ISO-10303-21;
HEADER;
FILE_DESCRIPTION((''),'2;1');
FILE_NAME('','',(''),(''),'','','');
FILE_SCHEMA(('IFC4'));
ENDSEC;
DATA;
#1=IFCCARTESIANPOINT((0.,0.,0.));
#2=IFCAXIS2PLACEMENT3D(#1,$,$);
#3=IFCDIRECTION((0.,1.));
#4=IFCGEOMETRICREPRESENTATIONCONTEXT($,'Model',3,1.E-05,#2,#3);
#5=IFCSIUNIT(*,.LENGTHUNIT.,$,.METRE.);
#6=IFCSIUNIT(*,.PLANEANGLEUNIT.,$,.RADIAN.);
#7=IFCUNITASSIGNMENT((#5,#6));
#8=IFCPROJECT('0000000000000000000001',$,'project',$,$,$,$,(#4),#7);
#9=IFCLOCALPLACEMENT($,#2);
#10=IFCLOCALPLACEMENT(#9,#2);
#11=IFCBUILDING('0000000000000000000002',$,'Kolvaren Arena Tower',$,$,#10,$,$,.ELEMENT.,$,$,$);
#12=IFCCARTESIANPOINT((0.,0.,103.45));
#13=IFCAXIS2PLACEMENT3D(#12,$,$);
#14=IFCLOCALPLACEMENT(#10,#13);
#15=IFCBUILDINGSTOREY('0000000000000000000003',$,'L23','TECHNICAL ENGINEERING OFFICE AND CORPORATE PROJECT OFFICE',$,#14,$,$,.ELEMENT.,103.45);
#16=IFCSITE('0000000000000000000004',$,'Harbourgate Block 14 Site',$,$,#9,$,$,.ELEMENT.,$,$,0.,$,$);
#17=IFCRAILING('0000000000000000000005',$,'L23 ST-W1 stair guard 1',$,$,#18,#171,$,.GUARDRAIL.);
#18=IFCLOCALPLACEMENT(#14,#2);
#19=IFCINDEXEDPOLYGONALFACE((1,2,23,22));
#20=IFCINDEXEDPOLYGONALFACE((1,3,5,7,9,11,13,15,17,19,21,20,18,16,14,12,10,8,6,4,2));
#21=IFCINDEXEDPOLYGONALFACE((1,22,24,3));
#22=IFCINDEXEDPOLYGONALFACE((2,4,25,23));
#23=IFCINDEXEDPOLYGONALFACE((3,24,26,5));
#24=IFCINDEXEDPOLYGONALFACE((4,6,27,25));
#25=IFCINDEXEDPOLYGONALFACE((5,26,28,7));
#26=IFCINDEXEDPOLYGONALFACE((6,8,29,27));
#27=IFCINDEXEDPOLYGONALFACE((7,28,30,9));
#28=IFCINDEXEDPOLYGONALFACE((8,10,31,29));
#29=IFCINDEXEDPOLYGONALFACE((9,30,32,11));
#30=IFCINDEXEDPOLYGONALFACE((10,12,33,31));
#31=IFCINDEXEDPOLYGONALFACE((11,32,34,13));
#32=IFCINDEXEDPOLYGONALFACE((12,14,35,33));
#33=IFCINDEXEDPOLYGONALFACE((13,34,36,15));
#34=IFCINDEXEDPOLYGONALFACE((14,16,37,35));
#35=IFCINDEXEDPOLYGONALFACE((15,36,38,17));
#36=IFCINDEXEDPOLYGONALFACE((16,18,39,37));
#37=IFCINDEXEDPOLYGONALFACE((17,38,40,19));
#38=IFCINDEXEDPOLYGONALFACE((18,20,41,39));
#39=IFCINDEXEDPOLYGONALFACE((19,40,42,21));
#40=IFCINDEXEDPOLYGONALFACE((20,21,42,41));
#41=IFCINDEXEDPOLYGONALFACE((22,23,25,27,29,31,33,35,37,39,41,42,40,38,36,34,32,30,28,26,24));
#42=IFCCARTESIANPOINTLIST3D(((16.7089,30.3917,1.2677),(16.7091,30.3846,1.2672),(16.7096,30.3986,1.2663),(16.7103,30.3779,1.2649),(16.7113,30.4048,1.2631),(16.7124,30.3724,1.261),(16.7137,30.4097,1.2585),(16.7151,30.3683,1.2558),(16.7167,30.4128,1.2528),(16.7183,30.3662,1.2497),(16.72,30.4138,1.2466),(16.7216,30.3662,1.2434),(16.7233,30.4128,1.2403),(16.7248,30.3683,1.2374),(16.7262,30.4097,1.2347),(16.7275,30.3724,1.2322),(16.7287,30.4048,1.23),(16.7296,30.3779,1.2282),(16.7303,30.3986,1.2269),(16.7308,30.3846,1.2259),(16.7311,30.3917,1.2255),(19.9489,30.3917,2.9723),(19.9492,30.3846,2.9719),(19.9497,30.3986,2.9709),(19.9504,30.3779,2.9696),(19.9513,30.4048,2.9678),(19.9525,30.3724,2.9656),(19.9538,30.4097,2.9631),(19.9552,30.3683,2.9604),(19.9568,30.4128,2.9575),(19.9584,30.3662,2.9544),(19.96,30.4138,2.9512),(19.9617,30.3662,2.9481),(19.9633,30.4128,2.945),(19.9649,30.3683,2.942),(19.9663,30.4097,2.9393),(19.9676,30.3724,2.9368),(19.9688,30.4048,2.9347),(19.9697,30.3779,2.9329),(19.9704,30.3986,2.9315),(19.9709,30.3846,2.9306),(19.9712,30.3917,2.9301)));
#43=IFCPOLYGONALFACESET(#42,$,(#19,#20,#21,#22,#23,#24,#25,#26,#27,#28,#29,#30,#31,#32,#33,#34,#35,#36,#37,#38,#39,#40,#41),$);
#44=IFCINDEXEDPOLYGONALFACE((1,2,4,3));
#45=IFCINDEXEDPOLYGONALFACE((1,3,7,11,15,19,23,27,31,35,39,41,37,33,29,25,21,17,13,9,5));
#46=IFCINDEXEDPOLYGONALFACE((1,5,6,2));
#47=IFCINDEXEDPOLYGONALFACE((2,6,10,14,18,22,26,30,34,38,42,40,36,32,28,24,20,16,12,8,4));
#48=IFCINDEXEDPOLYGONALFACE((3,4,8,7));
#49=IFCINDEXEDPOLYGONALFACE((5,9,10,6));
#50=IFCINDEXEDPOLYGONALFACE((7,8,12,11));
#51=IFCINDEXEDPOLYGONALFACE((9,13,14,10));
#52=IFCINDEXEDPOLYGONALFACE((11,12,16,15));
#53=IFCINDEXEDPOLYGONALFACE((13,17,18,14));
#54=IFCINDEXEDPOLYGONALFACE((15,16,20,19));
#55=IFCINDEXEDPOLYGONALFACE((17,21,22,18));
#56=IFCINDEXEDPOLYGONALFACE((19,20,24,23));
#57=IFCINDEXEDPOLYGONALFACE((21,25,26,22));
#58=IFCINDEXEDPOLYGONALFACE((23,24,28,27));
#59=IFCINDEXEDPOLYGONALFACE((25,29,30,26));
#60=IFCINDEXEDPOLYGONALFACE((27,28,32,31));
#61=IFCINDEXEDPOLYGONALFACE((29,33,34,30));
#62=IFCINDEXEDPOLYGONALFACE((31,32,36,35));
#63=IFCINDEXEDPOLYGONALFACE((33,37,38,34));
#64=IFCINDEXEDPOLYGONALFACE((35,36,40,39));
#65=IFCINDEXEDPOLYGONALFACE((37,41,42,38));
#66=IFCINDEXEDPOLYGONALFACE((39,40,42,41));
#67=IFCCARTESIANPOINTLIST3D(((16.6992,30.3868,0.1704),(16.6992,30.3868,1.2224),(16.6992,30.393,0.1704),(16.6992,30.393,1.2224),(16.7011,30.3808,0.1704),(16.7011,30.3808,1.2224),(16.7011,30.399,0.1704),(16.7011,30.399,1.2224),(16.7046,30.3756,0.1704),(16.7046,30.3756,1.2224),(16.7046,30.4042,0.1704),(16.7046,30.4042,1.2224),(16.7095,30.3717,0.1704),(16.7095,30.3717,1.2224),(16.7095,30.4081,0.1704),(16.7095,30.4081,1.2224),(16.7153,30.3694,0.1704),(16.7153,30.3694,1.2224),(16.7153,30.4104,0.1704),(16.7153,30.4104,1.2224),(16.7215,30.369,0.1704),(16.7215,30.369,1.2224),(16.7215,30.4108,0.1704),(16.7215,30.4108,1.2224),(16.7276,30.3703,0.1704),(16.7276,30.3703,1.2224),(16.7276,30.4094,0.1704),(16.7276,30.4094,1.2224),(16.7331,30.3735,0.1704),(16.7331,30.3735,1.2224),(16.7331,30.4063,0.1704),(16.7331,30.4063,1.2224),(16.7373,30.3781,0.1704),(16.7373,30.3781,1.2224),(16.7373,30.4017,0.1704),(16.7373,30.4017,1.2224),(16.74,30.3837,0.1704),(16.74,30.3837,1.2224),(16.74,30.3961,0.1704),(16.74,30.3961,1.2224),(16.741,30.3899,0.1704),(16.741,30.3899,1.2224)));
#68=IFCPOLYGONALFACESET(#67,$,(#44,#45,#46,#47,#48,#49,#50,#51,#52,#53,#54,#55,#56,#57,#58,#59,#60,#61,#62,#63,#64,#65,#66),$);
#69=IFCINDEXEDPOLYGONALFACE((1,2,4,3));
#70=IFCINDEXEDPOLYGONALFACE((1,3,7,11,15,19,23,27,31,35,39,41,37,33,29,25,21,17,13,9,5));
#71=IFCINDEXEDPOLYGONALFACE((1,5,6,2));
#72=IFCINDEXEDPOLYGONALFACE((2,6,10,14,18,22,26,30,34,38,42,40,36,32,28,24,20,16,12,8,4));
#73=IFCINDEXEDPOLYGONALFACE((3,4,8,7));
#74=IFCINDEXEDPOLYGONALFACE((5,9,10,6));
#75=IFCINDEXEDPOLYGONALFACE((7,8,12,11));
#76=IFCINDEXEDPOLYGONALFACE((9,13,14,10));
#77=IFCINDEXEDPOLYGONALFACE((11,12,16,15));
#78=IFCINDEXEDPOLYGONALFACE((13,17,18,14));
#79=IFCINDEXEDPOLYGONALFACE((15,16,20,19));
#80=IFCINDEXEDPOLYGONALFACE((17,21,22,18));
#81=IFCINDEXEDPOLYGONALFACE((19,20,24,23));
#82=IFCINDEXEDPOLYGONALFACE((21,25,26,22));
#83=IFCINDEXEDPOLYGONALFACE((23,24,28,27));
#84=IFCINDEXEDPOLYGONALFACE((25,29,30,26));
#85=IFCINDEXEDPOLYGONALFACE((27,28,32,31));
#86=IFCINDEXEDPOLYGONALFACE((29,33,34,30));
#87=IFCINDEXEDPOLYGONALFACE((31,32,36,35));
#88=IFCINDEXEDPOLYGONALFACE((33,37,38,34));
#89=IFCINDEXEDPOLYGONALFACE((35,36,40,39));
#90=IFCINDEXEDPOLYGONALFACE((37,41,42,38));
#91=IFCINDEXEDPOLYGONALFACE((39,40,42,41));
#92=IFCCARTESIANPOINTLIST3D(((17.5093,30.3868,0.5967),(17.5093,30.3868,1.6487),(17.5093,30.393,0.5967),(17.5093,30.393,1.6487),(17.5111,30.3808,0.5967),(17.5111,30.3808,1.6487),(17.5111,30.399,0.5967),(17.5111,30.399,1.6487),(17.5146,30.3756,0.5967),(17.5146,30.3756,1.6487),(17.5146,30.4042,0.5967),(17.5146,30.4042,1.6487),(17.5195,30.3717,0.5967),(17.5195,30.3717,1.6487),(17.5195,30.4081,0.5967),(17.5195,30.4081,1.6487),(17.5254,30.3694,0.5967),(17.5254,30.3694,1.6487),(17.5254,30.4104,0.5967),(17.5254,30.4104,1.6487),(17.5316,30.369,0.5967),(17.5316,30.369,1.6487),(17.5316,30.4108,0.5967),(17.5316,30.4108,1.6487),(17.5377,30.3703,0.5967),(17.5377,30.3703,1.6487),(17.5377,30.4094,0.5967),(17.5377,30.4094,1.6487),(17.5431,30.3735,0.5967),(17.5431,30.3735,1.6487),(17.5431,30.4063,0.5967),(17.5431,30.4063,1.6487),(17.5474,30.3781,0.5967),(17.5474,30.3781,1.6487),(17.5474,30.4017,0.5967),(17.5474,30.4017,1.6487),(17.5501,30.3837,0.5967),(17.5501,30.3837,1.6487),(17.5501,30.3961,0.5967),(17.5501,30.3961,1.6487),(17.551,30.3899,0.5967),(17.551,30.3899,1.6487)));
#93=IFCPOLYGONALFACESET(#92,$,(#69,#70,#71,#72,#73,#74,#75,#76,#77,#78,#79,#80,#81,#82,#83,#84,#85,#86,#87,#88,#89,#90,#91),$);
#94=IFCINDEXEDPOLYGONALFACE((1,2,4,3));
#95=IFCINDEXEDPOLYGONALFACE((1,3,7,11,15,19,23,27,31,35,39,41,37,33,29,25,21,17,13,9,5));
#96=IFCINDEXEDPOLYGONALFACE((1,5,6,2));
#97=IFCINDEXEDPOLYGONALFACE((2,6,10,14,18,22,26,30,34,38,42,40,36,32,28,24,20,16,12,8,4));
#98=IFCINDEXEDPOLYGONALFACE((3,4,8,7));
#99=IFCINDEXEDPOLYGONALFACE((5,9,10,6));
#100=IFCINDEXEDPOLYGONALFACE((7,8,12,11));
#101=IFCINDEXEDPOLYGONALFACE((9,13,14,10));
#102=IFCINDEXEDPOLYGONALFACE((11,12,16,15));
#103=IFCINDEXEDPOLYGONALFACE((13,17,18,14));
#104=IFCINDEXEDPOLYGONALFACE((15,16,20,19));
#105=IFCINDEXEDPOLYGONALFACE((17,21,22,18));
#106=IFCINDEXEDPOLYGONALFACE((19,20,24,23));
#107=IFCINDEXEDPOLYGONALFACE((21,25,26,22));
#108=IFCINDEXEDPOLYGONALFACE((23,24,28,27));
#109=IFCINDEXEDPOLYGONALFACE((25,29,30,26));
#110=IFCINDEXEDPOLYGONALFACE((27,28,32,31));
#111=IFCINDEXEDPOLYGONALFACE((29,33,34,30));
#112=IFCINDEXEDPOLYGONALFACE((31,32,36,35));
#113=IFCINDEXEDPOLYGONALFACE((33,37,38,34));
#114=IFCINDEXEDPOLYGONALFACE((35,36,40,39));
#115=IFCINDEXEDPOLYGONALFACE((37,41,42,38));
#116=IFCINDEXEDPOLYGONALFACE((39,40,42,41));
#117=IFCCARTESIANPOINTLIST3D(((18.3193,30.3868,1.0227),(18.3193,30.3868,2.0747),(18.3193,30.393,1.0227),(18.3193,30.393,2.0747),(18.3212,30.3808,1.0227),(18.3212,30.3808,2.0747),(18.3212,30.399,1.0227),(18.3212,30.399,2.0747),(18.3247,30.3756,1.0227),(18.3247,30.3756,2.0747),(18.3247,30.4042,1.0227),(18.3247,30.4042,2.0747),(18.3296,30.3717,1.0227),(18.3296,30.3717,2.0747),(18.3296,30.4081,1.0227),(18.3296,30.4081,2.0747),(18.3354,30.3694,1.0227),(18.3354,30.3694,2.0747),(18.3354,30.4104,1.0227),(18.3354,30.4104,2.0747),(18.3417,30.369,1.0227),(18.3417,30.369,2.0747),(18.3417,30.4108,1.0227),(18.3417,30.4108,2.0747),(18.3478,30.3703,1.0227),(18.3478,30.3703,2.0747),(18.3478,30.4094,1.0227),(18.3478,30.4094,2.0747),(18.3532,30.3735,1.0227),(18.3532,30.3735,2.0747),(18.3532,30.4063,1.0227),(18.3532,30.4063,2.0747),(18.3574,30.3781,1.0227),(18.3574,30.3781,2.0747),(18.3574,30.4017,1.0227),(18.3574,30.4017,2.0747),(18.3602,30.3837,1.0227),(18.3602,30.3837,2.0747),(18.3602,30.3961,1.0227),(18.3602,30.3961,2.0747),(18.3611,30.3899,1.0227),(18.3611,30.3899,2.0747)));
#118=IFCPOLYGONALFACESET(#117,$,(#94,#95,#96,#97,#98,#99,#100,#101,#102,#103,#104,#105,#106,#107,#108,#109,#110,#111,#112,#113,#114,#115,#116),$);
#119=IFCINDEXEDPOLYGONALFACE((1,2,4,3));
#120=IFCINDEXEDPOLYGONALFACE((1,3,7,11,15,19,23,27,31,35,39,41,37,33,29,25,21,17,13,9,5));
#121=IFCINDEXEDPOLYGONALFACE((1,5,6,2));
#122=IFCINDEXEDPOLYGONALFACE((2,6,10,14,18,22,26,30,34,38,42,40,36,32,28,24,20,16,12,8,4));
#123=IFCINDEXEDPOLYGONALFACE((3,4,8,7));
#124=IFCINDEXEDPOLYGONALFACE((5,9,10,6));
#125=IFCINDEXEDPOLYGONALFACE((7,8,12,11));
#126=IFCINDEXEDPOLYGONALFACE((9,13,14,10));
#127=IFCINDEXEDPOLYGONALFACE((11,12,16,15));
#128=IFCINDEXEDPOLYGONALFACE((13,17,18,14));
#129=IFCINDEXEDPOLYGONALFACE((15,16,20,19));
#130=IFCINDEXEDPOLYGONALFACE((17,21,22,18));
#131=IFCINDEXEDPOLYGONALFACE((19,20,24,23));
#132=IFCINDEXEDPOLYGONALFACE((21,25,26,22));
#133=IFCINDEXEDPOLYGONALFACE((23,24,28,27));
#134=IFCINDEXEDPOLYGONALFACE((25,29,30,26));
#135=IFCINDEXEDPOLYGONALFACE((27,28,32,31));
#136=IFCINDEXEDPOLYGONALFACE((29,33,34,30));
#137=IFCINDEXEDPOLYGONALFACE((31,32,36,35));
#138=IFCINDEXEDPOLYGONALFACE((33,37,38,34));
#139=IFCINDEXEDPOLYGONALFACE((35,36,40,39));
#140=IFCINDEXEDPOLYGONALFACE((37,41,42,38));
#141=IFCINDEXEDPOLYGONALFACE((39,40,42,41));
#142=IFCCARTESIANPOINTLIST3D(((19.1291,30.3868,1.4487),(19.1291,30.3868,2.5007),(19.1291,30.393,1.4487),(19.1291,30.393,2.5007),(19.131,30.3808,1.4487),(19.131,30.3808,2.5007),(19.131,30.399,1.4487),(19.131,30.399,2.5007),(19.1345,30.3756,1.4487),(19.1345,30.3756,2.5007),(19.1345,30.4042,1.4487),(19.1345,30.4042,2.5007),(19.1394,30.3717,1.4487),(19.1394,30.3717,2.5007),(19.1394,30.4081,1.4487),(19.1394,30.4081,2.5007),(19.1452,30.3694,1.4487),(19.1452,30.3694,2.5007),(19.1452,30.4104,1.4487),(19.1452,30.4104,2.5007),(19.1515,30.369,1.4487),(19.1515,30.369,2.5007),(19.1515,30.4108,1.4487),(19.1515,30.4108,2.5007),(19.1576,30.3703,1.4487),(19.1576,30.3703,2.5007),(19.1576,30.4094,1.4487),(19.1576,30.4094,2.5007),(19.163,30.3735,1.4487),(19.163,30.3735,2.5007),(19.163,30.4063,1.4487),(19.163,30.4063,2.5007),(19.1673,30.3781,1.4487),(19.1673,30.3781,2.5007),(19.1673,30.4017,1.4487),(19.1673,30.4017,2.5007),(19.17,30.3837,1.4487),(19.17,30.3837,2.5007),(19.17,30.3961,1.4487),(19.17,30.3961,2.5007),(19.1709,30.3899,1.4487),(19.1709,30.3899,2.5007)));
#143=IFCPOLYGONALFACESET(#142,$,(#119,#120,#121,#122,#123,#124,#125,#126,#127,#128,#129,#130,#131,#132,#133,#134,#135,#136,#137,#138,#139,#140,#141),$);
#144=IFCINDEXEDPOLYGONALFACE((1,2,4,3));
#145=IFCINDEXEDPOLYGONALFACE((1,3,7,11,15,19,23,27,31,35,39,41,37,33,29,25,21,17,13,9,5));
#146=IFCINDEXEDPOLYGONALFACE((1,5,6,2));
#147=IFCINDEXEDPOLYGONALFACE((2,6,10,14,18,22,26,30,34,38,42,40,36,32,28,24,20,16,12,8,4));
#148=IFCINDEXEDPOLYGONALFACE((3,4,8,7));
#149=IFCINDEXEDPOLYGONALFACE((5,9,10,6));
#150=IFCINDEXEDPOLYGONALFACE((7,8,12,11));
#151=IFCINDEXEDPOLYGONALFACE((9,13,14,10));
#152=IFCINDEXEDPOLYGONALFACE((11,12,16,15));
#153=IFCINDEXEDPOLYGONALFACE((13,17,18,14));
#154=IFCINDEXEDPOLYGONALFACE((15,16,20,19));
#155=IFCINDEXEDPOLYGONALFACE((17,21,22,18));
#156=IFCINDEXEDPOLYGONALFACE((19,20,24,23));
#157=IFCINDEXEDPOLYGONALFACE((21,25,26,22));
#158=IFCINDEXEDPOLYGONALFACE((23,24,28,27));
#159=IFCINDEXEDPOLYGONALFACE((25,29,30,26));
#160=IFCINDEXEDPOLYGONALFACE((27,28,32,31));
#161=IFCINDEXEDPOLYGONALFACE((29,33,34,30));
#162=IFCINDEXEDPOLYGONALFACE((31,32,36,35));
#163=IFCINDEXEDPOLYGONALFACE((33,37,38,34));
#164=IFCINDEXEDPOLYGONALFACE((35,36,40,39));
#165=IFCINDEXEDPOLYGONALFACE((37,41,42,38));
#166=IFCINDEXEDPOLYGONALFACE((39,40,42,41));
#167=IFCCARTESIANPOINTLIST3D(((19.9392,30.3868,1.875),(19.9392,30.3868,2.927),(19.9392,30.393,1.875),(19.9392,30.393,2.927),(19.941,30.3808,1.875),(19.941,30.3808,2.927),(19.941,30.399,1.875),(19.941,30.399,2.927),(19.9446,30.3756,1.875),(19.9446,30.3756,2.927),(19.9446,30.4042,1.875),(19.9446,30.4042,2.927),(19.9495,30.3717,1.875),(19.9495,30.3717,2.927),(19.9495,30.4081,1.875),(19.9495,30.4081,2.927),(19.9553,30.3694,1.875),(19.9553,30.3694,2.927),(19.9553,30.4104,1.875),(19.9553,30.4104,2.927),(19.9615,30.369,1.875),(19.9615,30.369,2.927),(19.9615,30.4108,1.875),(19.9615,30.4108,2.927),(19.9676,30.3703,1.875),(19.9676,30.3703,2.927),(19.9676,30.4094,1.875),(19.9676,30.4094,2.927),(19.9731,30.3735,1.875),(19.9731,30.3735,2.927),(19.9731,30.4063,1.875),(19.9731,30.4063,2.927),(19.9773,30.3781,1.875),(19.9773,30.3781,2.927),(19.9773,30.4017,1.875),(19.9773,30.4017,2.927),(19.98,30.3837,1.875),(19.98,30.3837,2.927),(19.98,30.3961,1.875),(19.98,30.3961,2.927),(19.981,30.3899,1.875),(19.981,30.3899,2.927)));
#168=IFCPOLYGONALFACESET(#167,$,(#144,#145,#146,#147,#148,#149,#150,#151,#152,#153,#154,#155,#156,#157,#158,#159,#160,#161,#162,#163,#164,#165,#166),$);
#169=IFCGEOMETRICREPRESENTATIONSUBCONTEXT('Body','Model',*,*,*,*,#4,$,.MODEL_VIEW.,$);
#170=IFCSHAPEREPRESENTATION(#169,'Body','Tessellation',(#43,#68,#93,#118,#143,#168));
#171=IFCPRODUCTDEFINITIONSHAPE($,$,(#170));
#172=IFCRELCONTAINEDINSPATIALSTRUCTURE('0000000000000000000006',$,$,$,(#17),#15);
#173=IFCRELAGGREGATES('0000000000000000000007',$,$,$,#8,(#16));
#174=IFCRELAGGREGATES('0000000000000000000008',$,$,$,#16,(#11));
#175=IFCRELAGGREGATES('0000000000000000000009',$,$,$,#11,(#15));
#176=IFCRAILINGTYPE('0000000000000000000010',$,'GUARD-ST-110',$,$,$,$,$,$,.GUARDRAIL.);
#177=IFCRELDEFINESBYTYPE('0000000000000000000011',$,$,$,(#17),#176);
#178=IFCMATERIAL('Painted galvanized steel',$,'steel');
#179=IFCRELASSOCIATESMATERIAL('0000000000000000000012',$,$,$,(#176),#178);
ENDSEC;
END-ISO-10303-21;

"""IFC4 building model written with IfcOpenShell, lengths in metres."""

from ifc_helpers import new_model, si_unit, direction, frame, origin, origin_2d, place, context, subcontext, project, spatial, circle, extrude, material, type_object, element, save


model = new_model("IFC4")

# Units and contexts
model_context = context("Model", 3, precision=1e-05, world=origin(), true_north=direction((0.0, 1.0)))
body_context = subcontext(model_context, "Body", "Model", "MODEL_VIEW")
ifc_project = project(units=[si_unit("LENGTHUNIT", "METRE"), si_unit("PLANEANGLEUNIT", "RADIAN")], contexts=[model_context])

# Site, building, storey
site_placement = place(None, origin())
site = spatial("IfcSite", under=ifc_project, at=site_placement, Name="Harbourgate Block 14 Site", CompositionType="ELEMENT", RefElevation=0.0)
building_placement = place(site_placement, origin())
building = spatial("IfcBuilding", under=site, at=building_placement, Name="Kolvaren Arena Tower", CompositionType="ELEMENT")
storey_placement = place(building_placement, frame((0.0, 0.0, 103.45)))
storey = spatial("IfcBuildingStorey", under=building, at=storey_placement, Name="L23", Description="TECHNICAL ENGINEERING OFFICE AND CORPORATE PROJECT OFFICE", CompositionType="ELEMENT", Elevation=103.45)

# Railing
ifc_material_1 = material(Name="Painted galvanized steel", Category="steel")
railing_type_1 = type_object("IfcRailingType", Name="GUARD-ST-110", PredefinedType="GUARDRAIL", material=ifc_material_1)
railing_1_placement = place(storey_placement, frame((16.72, 30.3899, 0.1704)))
element("IfcRailing", 1, at=railing_1_placement, inside=storey, type_object=railing_type_1, Name="L23 ST-W1 stair guard 1", PredefinedType="GUARDRAIL", context=body_context, shape_type="SweptSolid", body=[
    extrude(circle(Radius=0.0239, at=origin_2d()), frame((0.0, 0.0, 1.0762), z_axis=(0.884993, 0.0, 0.465604), x_axis=(0.0, 1.0, 0.0)), (0.0, 0.0, 1.0), 3.6611),
    extrude(circle(Radius=0.021, at=origin_2d()), origin(), (0.0, 0.0, 1.0), 1.052),
    extrude(circle(Radius=0.021, at=origin_2d()), frame((0.8101, 0.0, 0.4263)), (0.0, 0.0, 1.0), 1.052),
    extrude(circle(Radius=0.021, at=origin_2d()), frame((1.6201, 0.0, 0.8523)), (0.0, 0.0, 1.0), 1.052),
    extrude(circle(Radius=0.021, at=origin_2d()), frame((2.4299, 0.0, 1.2783)), (0.0, 0.0, 1.0), 1.052),
    extrude(circle(Radius=0.021, at=origin_2d()), frame((3.24, 0.0, 1.7046)), (0.0, 0.0, 1.0), 1.052),
])

save(model, "model.ifc")
